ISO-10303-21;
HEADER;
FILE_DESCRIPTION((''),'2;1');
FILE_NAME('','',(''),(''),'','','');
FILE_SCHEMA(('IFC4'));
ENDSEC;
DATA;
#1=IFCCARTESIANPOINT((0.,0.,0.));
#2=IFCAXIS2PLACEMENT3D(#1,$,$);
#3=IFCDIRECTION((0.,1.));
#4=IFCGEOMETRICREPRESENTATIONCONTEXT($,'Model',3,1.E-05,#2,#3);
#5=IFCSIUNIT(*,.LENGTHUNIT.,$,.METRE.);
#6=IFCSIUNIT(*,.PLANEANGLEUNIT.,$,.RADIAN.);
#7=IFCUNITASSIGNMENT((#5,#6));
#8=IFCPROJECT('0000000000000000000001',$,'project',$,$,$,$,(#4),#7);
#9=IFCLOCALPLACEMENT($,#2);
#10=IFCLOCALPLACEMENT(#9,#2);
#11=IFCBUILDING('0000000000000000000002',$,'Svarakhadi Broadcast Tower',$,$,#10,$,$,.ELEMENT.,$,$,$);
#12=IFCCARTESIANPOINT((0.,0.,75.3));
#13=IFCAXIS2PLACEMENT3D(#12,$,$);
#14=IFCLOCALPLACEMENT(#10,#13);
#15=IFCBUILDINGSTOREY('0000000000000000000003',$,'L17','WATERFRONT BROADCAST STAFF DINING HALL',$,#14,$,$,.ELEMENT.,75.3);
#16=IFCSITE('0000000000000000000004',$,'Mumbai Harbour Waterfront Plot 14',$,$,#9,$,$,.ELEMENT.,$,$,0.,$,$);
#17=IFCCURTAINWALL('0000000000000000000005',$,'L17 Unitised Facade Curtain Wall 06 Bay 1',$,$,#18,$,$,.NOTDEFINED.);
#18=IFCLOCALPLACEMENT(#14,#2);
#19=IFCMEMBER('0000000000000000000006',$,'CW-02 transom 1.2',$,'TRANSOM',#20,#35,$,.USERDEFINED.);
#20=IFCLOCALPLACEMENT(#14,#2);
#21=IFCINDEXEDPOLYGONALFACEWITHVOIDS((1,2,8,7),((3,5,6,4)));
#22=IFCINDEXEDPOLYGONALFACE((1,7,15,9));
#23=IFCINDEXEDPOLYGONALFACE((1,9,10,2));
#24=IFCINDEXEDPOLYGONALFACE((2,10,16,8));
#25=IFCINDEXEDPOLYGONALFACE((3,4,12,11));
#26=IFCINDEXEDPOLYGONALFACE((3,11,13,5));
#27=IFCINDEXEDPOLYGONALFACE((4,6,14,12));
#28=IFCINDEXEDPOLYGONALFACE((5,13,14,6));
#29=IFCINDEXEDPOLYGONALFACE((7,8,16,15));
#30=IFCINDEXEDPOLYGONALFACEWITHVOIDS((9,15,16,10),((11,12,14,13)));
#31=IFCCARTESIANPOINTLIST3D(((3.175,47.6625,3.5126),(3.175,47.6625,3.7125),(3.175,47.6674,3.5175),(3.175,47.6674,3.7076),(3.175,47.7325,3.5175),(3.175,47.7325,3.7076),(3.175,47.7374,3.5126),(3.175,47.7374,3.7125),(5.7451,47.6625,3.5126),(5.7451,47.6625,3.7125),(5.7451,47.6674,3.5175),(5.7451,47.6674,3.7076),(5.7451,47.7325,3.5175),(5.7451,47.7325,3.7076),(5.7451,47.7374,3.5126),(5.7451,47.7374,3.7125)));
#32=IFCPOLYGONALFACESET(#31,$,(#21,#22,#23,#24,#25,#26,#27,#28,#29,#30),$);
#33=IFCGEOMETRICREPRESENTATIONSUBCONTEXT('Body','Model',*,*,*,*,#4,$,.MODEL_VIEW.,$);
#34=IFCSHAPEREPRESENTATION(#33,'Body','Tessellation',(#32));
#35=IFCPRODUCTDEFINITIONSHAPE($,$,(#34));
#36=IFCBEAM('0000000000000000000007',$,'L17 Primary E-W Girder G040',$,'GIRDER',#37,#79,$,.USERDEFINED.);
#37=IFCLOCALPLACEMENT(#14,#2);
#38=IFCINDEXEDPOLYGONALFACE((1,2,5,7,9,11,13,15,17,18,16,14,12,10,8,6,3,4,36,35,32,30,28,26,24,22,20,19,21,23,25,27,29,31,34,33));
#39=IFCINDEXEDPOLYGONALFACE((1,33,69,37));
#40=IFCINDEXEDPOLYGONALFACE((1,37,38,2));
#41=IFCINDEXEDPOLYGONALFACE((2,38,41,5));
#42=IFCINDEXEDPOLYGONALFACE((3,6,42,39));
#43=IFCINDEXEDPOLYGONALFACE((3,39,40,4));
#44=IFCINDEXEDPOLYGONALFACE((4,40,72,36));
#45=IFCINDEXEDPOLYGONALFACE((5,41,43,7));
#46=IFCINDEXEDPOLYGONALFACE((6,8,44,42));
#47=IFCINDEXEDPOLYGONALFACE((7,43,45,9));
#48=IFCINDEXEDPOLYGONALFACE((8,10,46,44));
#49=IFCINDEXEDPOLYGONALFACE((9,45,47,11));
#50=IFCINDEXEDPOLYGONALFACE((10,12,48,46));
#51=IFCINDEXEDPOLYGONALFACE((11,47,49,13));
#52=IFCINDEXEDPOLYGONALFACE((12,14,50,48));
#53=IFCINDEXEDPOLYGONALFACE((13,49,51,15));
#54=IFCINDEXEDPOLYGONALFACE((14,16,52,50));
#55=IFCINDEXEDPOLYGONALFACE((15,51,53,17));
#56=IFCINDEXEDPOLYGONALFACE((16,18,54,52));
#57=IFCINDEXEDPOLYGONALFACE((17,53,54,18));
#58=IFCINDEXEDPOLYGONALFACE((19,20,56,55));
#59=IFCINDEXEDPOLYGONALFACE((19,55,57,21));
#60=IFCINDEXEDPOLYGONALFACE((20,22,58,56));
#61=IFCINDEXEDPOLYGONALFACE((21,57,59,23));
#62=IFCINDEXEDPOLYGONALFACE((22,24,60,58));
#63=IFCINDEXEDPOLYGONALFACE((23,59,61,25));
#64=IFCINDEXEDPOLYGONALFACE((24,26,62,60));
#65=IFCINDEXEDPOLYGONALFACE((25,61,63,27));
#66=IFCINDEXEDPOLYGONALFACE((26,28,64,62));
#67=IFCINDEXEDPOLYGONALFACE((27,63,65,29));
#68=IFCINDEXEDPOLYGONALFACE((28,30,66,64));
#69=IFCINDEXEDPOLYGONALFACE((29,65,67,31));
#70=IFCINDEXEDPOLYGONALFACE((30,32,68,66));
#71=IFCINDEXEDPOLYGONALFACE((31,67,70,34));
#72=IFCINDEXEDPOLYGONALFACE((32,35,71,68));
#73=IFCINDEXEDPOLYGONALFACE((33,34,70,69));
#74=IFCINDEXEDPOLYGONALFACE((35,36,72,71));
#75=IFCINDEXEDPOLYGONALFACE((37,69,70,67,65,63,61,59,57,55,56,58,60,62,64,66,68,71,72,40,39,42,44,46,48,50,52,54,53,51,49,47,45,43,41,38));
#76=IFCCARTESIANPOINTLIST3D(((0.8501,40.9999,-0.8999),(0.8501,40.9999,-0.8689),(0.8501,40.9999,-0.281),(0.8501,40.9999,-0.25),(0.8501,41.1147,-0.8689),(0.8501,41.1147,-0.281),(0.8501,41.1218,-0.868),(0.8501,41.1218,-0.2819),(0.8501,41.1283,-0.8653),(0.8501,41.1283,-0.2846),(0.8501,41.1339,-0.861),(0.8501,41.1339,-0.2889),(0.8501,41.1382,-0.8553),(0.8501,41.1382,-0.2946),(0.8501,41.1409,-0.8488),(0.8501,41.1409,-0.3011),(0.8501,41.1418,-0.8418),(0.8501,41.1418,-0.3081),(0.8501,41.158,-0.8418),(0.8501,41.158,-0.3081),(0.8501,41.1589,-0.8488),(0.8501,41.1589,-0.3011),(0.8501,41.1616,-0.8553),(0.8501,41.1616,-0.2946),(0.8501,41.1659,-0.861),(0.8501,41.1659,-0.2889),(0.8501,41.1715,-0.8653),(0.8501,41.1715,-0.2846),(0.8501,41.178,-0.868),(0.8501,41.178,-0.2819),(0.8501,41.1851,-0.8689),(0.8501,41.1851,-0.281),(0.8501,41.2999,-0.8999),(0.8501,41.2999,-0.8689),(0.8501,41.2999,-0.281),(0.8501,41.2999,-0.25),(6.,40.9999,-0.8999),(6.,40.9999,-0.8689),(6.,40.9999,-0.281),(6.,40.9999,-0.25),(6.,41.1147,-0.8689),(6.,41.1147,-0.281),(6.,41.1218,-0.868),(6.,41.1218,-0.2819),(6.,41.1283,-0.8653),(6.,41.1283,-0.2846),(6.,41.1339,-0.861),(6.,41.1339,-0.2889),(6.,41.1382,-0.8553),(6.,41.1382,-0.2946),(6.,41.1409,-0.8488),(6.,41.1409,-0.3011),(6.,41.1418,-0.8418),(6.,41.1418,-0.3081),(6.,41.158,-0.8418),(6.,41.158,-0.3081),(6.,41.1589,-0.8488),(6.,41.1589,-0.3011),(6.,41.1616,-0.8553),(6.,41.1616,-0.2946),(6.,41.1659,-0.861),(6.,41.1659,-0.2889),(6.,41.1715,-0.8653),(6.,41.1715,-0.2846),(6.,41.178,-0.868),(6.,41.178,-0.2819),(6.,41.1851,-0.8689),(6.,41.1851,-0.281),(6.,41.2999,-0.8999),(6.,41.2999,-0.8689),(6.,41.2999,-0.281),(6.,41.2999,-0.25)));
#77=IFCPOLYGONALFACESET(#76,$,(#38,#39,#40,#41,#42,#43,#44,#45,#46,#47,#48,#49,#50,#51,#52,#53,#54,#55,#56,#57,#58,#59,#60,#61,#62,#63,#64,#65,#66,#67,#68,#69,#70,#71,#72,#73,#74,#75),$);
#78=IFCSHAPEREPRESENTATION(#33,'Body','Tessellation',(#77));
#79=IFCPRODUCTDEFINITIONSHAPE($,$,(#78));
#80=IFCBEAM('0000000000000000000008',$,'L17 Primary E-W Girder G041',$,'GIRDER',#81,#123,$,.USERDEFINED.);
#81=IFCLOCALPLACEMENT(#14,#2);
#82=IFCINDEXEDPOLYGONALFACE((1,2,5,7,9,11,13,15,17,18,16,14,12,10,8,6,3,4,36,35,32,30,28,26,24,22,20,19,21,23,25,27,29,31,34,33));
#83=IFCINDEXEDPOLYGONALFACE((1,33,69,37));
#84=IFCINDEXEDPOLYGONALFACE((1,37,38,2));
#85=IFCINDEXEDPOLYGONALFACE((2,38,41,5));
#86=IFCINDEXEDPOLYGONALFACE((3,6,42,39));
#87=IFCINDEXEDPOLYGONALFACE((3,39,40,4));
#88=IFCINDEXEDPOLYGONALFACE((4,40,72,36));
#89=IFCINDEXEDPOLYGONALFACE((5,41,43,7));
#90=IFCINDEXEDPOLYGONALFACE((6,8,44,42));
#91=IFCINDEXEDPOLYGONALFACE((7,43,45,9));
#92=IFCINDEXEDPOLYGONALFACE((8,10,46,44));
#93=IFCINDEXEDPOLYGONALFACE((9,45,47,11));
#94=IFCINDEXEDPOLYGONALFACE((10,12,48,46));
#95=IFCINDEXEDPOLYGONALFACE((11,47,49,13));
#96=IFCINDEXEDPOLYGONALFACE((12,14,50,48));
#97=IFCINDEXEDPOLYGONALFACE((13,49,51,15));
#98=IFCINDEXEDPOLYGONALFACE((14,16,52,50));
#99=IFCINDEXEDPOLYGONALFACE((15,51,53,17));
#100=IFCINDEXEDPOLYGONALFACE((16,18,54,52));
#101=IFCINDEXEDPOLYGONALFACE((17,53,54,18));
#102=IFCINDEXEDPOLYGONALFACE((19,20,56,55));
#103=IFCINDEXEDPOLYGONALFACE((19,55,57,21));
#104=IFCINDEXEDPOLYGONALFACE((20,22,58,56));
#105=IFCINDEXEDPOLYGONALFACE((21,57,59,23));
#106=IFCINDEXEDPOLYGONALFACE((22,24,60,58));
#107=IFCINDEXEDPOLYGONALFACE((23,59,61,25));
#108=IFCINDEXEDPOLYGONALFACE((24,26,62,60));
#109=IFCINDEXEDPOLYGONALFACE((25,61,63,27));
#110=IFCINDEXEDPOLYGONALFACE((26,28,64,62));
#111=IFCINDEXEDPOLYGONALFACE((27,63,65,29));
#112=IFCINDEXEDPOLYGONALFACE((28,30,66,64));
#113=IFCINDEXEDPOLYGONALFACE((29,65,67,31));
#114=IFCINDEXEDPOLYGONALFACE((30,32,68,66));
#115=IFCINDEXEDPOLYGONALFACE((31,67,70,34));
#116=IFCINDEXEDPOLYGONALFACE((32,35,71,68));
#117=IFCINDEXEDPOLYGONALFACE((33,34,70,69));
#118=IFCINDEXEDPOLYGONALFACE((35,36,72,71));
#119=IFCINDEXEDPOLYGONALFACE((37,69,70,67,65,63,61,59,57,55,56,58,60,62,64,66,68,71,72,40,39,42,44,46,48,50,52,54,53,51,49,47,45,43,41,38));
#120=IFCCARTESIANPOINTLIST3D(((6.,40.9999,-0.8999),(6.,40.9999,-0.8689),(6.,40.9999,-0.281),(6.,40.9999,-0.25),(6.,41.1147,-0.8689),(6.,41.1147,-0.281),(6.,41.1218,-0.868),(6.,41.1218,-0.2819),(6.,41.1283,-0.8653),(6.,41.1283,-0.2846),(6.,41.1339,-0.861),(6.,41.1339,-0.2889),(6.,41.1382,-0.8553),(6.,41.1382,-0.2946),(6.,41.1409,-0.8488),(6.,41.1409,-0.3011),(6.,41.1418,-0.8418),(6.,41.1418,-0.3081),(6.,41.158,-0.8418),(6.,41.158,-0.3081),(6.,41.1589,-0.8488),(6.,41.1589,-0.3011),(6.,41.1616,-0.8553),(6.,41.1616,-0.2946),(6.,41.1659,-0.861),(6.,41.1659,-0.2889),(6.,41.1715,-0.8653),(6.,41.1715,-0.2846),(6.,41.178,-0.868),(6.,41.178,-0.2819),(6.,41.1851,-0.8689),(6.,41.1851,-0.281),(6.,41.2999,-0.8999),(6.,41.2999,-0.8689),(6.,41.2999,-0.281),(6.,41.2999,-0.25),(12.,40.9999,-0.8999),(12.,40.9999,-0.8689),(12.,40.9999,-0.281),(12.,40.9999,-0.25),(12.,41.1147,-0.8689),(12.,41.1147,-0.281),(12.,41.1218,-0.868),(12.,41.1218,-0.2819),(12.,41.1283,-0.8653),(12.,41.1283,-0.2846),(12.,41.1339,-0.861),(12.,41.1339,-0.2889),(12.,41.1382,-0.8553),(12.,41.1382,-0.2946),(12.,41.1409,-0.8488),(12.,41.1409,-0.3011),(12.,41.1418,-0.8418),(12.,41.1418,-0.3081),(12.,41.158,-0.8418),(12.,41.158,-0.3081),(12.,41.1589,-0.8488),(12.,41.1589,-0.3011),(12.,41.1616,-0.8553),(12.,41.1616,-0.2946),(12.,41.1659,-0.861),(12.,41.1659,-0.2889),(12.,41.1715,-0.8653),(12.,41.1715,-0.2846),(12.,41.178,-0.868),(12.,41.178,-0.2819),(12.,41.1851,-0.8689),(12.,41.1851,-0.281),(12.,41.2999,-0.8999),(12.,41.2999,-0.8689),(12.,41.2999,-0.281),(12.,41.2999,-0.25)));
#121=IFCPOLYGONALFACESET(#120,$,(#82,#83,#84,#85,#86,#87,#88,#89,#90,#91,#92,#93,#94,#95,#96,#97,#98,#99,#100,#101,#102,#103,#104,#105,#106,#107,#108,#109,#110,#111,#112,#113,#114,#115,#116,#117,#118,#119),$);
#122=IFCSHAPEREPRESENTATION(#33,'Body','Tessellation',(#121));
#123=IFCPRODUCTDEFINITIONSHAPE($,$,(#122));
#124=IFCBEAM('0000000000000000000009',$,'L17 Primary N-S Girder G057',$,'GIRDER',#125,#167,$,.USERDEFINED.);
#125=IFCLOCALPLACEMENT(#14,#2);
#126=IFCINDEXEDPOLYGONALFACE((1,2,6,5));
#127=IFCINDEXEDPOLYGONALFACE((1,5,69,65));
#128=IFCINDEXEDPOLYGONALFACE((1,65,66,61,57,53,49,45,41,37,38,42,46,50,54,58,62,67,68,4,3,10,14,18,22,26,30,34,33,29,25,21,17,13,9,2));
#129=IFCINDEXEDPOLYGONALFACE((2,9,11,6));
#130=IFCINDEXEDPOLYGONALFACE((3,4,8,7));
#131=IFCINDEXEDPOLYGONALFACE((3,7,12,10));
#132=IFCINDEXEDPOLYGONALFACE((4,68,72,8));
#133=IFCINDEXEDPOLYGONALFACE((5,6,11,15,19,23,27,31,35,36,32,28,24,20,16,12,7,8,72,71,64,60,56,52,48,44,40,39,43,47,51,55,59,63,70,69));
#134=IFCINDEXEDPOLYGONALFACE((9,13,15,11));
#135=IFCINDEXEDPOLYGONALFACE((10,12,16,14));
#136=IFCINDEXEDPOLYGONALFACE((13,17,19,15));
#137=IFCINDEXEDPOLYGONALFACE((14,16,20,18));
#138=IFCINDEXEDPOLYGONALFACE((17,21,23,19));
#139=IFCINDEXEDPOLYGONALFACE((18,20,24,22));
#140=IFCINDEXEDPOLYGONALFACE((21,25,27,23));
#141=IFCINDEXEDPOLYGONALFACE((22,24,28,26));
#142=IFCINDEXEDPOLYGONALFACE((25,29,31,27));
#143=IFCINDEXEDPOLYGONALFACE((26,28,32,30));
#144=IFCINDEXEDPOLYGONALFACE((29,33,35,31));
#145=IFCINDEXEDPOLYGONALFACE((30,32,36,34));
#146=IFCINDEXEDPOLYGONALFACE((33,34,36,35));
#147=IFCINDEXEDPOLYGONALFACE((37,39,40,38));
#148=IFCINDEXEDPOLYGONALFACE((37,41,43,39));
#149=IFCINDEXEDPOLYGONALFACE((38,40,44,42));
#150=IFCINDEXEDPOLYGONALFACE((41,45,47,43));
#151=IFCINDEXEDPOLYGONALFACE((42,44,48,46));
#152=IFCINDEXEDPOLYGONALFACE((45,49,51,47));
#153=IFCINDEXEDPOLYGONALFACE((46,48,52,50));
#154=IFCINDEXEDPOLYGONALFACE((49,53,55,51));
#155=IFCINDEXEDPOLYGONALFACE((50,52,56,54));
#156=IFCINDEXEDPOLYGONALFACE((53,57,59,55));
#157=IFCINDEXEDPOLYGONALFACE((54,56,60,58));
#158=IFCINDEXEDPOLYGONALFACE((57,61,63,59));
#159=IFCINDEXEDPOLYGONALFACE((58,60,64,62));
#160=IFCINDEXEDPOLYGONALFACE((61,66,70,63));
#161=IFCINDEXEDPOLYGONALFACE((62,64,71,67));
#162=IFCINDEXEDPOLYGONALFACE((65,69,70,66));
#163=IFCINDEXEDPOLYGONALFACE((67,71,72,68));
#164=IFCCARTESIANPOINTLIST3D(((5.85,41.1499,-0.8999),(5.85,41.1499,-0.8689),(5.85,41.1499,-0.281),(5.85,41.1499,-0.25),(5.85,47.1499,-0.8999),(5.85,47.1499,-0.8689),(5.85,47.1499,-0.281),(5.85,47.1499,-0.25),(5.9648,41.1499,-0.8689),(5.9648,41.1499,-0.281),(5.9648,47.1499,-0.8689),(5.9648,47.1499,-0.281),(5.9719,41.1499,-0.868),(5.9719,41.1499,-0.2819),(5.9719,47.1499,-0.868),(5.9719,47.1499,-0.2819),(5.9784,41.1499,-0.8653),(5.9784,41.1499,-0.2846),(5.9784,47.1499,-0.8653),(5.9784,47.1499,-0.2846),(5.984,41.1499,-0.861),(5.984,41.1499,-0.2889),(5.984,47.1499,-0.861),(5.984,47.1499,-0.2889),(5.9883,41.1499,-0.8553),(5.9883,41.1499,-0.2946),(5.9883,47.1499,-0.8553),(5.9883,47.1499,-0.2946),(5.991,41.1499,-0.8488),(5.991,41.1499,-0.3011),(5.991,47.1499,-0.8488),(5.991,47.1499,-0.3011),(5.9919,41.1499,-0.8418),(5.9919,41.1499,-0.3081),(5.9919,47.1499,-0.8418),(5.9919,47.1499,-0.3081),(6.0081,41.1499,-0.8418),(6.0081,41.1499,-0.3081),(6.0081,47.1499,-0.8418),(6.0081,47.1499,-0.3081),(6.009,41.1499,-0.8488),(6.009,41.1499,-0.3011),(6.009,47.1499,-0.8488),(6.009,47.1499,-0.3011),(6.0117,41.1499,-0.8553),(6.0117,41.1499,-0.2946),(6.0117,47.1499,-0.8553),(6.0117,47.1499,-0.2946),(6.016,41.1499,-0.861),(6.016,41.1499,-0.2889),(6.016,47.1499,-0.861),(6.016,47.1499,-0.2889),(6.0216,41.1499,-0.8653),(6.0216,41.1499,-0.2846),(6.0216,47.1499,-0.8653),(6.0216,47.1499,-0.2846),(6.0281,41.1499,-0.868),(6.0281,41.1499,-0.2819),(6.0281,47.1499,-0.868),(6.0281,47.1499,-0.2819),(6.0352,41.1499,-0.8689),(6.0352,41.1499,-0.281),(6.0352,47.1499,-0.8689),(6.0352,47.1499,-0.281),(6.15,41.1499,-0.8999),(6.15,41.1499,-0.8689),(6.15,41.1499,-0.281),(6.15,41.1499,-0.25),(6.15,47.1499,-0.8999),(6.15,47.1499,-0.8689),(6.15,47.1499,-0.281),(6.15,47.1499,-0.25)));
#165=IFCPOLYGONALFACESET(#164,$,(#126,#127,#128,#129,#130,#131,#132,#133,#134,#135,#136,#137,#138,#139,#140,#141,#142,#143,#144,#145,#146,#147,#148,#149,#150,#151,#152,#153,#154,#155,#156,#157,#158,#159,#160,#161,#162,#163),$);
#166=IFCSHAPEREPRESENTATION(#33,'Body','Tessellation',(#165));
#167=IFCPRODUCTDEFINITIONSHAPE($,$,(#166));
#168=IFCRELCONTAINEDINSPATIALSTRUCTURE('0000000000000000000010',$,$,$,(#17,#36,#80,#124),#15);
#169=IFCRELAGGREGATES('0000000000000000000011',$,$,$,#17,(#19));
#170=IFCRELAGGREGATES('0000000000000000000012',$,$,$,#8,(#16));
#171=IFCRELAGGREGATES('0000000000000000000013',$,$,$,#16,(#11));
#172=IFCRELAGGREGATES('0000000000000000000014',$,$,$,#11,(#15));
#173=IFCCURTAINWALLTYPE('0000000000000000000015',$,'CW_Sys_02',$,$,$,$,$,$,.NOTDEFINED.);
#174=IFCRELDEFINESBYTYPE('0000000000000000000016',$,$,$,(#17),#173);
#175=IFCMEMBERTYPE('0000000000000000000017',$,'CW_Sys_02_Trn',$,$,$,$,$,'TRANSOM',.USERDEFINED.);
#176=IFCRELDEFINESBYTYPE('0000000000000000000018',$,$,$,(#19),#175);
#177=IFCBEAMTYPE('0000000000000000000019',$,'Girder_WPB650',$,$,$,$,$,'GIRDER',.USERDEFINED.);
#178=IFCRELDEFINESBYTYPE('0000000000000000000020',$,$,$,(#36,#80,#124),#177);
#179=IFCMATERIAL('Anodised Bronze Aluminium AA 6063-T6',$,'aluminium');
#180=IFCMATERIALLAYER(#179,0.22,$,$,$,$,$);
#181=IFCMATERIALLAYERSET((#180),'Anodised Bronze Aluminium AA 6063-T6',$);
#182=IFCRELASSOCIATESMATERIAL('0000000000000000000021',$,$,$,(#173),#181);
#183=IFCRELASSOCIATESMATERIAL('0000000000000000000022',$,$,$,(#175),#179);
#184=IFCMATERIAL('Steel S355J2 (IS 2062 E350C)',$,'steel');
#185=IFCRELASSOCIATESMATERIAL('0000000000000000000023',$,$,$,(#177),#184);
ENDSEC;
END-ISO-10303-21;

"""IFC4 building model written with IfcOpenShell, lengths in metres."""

from ifc_helpers import new_model, si_unit, direction, frame, origin, origin_2d, place, context, subcontext, project, spatial, hollow_rectangle, i_section, extrude, material, layer, layer_set, material_profile, profile_set, type_object, element, aggregate, save


model = new_model("IFC4")

# Units and contexts
model_context = context("Model", 3, precision=1e-05, world=origin(), true_north=direction((0.0, 1.0)))
body_context = subcontext(model_context, "Body", "Model", "MODEL_VIEW")
ifc_project = project(units=[si_unit("LENGTHUNIT", "METRE"), si_unit("PLANEANGLEUNIT", "RADIAN")], contexts=[model_context])

# Site, building, storey
site_placement = place(None, origin())
site = spatial("IfcSite", under=ifc_project, at=site_placement, Name="Mumbai Harbour Waterfront Plot 14", CompositionType="ELEMENT", RefElevation=0.0)
building_placement = place(site_placement, origin())
building = spatial("IfcBuilding", under=site, at=building_placement, Name="Svarakhadi Broadcast Tower", CompositionType="ELEMENT")
storey_placement = place(building_placement, frame((0.0, 0.0, 75.3)))
storey = spatial("IfcBuildingStorey", under=building, at=storey_placement, Name="L17", Description="WATERFRONT BROADCAST STAFF DINING HALL", CompositionType="ELEMENT", Elevation=75.3)

# Shared definitions
ifc_material_1 = material(Name="Steel S355J2 (IS 2062 E350C)", Category="steel")

# Curtain wall
ifc_material_2 = material(Name="Anodised Bronze Aluminium AA 6063-T6", Category="aluminium")
ifc_layer_1 = layer(ifc_material_2, 0.22)
ifc_layer_set_1 = layer_set([ifc_layer_1], Name="Anodised Bronze Aluminium AA 6063-T6")
curtain_wall_type = type_object("IfcCurtainWallType", Name="CW_Sys_02", PredefinedType="NOTDEFINED", material=ifc_layer_set_1)
curtain_wall_1_placement = place(storey_placement, origin())
curtain_wall_1 = element("IfcCurtainWall", 1, at=curtain_wall_1_placement, inside=storey, type_object=curtain_wall_type, Name="L17 Unitised Facade Curtain Wall 06 Bay 1", PredefinedType="NOTDEFINED")

# Member
ifc_material_profile_1 = material_profile(ifc_material_2, hollow_rectangle(XDim=0.075, YDim=0.2, WallThickness=0.0049, at=origin_2d()), Name="ALU TRANSOM 200x75x5")
ifc_profile_set_1 = profile_set([ifc_material_profile_1], Name="Anodised Bronze Aluminium AA 6063-T6")
member_type_1 = type_object("IfcMemberType", Name="CW_Sys_02_Trn", ElementType="TRANSOM", PredefinedType="USERDEFINED", material=ifc_profile_set_1)
member_1_placement = place(storey_placement, frame((3.175, 47.7, 3.6125), z_axis=(1.0, 0.0, 0.0), x_axis=(0.0, 1.0, 0.0)))
member_1 = element("IfcMember", 2, at=member_1_placement, type_object=member_type_1, Name="CW-02 transom 1.2", ObjectType="TRANSOM", PredefinedType="USERDEFINED", context=body_context, shape_type="SweptSolid", body=[
    extrude(hollow_rectangle(XDim=0.075, YDim=0.2, WallThickness=0.0049, at=origin_2d()), origin(), (0.0, 0.0, 1.0), 2.5701),
])

# Beams
ifc_material_profile_2 = material_profile(ifc_material_1, i_section(OverallWidth=0.3, OverallDepth=0.6499, WebThickness=0.0161, FlangeThickness=0.031, FilletRadius=0.0271, at=origin_2d()), Name="WPB 650x300x225")
ifc_profile_set_2 = profile_set([ifc_material_profile_2], Name="Steel S355J2 (IS 2062 E350C)")
beam_type_1 = type_object("IfcBeamType", Name="Girder_WPB650", ElementType="GIRDER", PredefinedType="USERDEFINED", material=ifc_profile_set_2)
beam_1_placement = place(storey_placement, frame((0.8501, 41.1499, -0.575), z_axis=(1.0, 0.0, 0.0), x_axis=(0.0, 1.0, 0.0)))
element("IfcBeam", 3, at=beam_1_placement, inside=storey, type_object=beam_type_1, Name="L17 Primary E-W Girder G040", ObjectType="GIRDER", PredefinedType="USERDEFINED", context=body_context, shape_type="SweptSolid", body=[
    extrude(i_section(OverallWidth=0.3, OverallDepth=0.6499, WebThickness=0.0161, FlangeThickness=0.031, FilletRadius=0.0271, at=origin_2d()), origin(), (0.0, 0.0, 1.0), 5.1499),
])
for number, where, z_axis, x_axis, name in (
    (4, (6.0, 41.1499, -0.575), (1.0, 0.0, 0.0), (0.0, 1.0, 0.0), "L17 Primary E-W Girder G041"),
    (5, (6.0, 41.1499, -0.575), (0.0, 1.0, 0.0), (-1.0, 0.0, 0.0), "L17 Primary N-S Girder G057"),
):
    element("IfcBeam", number, at=place(storey_placement, frame(where, z_axis=z_axis, x_axis=x_axis)), inside=storey, type_object=beam_type_1, Name=name, ObjectType="GIRDER", PredefinedType="USERDEFINED", context=body_context, shape_type="SweptSolid", body=[
        extrude(i_section(OverallWidth=0.3, OverallDepth=0.6499, WebThickness=0.0161, FlangeThickness=0.031, FilletRadius=0.0271, at=origin_2d()), origin(), (0.0, 0.0, 1.0), 6.0),
    ])

aggregate(curtain_wall_1, [member_1])

save(model, "model.ifc")
